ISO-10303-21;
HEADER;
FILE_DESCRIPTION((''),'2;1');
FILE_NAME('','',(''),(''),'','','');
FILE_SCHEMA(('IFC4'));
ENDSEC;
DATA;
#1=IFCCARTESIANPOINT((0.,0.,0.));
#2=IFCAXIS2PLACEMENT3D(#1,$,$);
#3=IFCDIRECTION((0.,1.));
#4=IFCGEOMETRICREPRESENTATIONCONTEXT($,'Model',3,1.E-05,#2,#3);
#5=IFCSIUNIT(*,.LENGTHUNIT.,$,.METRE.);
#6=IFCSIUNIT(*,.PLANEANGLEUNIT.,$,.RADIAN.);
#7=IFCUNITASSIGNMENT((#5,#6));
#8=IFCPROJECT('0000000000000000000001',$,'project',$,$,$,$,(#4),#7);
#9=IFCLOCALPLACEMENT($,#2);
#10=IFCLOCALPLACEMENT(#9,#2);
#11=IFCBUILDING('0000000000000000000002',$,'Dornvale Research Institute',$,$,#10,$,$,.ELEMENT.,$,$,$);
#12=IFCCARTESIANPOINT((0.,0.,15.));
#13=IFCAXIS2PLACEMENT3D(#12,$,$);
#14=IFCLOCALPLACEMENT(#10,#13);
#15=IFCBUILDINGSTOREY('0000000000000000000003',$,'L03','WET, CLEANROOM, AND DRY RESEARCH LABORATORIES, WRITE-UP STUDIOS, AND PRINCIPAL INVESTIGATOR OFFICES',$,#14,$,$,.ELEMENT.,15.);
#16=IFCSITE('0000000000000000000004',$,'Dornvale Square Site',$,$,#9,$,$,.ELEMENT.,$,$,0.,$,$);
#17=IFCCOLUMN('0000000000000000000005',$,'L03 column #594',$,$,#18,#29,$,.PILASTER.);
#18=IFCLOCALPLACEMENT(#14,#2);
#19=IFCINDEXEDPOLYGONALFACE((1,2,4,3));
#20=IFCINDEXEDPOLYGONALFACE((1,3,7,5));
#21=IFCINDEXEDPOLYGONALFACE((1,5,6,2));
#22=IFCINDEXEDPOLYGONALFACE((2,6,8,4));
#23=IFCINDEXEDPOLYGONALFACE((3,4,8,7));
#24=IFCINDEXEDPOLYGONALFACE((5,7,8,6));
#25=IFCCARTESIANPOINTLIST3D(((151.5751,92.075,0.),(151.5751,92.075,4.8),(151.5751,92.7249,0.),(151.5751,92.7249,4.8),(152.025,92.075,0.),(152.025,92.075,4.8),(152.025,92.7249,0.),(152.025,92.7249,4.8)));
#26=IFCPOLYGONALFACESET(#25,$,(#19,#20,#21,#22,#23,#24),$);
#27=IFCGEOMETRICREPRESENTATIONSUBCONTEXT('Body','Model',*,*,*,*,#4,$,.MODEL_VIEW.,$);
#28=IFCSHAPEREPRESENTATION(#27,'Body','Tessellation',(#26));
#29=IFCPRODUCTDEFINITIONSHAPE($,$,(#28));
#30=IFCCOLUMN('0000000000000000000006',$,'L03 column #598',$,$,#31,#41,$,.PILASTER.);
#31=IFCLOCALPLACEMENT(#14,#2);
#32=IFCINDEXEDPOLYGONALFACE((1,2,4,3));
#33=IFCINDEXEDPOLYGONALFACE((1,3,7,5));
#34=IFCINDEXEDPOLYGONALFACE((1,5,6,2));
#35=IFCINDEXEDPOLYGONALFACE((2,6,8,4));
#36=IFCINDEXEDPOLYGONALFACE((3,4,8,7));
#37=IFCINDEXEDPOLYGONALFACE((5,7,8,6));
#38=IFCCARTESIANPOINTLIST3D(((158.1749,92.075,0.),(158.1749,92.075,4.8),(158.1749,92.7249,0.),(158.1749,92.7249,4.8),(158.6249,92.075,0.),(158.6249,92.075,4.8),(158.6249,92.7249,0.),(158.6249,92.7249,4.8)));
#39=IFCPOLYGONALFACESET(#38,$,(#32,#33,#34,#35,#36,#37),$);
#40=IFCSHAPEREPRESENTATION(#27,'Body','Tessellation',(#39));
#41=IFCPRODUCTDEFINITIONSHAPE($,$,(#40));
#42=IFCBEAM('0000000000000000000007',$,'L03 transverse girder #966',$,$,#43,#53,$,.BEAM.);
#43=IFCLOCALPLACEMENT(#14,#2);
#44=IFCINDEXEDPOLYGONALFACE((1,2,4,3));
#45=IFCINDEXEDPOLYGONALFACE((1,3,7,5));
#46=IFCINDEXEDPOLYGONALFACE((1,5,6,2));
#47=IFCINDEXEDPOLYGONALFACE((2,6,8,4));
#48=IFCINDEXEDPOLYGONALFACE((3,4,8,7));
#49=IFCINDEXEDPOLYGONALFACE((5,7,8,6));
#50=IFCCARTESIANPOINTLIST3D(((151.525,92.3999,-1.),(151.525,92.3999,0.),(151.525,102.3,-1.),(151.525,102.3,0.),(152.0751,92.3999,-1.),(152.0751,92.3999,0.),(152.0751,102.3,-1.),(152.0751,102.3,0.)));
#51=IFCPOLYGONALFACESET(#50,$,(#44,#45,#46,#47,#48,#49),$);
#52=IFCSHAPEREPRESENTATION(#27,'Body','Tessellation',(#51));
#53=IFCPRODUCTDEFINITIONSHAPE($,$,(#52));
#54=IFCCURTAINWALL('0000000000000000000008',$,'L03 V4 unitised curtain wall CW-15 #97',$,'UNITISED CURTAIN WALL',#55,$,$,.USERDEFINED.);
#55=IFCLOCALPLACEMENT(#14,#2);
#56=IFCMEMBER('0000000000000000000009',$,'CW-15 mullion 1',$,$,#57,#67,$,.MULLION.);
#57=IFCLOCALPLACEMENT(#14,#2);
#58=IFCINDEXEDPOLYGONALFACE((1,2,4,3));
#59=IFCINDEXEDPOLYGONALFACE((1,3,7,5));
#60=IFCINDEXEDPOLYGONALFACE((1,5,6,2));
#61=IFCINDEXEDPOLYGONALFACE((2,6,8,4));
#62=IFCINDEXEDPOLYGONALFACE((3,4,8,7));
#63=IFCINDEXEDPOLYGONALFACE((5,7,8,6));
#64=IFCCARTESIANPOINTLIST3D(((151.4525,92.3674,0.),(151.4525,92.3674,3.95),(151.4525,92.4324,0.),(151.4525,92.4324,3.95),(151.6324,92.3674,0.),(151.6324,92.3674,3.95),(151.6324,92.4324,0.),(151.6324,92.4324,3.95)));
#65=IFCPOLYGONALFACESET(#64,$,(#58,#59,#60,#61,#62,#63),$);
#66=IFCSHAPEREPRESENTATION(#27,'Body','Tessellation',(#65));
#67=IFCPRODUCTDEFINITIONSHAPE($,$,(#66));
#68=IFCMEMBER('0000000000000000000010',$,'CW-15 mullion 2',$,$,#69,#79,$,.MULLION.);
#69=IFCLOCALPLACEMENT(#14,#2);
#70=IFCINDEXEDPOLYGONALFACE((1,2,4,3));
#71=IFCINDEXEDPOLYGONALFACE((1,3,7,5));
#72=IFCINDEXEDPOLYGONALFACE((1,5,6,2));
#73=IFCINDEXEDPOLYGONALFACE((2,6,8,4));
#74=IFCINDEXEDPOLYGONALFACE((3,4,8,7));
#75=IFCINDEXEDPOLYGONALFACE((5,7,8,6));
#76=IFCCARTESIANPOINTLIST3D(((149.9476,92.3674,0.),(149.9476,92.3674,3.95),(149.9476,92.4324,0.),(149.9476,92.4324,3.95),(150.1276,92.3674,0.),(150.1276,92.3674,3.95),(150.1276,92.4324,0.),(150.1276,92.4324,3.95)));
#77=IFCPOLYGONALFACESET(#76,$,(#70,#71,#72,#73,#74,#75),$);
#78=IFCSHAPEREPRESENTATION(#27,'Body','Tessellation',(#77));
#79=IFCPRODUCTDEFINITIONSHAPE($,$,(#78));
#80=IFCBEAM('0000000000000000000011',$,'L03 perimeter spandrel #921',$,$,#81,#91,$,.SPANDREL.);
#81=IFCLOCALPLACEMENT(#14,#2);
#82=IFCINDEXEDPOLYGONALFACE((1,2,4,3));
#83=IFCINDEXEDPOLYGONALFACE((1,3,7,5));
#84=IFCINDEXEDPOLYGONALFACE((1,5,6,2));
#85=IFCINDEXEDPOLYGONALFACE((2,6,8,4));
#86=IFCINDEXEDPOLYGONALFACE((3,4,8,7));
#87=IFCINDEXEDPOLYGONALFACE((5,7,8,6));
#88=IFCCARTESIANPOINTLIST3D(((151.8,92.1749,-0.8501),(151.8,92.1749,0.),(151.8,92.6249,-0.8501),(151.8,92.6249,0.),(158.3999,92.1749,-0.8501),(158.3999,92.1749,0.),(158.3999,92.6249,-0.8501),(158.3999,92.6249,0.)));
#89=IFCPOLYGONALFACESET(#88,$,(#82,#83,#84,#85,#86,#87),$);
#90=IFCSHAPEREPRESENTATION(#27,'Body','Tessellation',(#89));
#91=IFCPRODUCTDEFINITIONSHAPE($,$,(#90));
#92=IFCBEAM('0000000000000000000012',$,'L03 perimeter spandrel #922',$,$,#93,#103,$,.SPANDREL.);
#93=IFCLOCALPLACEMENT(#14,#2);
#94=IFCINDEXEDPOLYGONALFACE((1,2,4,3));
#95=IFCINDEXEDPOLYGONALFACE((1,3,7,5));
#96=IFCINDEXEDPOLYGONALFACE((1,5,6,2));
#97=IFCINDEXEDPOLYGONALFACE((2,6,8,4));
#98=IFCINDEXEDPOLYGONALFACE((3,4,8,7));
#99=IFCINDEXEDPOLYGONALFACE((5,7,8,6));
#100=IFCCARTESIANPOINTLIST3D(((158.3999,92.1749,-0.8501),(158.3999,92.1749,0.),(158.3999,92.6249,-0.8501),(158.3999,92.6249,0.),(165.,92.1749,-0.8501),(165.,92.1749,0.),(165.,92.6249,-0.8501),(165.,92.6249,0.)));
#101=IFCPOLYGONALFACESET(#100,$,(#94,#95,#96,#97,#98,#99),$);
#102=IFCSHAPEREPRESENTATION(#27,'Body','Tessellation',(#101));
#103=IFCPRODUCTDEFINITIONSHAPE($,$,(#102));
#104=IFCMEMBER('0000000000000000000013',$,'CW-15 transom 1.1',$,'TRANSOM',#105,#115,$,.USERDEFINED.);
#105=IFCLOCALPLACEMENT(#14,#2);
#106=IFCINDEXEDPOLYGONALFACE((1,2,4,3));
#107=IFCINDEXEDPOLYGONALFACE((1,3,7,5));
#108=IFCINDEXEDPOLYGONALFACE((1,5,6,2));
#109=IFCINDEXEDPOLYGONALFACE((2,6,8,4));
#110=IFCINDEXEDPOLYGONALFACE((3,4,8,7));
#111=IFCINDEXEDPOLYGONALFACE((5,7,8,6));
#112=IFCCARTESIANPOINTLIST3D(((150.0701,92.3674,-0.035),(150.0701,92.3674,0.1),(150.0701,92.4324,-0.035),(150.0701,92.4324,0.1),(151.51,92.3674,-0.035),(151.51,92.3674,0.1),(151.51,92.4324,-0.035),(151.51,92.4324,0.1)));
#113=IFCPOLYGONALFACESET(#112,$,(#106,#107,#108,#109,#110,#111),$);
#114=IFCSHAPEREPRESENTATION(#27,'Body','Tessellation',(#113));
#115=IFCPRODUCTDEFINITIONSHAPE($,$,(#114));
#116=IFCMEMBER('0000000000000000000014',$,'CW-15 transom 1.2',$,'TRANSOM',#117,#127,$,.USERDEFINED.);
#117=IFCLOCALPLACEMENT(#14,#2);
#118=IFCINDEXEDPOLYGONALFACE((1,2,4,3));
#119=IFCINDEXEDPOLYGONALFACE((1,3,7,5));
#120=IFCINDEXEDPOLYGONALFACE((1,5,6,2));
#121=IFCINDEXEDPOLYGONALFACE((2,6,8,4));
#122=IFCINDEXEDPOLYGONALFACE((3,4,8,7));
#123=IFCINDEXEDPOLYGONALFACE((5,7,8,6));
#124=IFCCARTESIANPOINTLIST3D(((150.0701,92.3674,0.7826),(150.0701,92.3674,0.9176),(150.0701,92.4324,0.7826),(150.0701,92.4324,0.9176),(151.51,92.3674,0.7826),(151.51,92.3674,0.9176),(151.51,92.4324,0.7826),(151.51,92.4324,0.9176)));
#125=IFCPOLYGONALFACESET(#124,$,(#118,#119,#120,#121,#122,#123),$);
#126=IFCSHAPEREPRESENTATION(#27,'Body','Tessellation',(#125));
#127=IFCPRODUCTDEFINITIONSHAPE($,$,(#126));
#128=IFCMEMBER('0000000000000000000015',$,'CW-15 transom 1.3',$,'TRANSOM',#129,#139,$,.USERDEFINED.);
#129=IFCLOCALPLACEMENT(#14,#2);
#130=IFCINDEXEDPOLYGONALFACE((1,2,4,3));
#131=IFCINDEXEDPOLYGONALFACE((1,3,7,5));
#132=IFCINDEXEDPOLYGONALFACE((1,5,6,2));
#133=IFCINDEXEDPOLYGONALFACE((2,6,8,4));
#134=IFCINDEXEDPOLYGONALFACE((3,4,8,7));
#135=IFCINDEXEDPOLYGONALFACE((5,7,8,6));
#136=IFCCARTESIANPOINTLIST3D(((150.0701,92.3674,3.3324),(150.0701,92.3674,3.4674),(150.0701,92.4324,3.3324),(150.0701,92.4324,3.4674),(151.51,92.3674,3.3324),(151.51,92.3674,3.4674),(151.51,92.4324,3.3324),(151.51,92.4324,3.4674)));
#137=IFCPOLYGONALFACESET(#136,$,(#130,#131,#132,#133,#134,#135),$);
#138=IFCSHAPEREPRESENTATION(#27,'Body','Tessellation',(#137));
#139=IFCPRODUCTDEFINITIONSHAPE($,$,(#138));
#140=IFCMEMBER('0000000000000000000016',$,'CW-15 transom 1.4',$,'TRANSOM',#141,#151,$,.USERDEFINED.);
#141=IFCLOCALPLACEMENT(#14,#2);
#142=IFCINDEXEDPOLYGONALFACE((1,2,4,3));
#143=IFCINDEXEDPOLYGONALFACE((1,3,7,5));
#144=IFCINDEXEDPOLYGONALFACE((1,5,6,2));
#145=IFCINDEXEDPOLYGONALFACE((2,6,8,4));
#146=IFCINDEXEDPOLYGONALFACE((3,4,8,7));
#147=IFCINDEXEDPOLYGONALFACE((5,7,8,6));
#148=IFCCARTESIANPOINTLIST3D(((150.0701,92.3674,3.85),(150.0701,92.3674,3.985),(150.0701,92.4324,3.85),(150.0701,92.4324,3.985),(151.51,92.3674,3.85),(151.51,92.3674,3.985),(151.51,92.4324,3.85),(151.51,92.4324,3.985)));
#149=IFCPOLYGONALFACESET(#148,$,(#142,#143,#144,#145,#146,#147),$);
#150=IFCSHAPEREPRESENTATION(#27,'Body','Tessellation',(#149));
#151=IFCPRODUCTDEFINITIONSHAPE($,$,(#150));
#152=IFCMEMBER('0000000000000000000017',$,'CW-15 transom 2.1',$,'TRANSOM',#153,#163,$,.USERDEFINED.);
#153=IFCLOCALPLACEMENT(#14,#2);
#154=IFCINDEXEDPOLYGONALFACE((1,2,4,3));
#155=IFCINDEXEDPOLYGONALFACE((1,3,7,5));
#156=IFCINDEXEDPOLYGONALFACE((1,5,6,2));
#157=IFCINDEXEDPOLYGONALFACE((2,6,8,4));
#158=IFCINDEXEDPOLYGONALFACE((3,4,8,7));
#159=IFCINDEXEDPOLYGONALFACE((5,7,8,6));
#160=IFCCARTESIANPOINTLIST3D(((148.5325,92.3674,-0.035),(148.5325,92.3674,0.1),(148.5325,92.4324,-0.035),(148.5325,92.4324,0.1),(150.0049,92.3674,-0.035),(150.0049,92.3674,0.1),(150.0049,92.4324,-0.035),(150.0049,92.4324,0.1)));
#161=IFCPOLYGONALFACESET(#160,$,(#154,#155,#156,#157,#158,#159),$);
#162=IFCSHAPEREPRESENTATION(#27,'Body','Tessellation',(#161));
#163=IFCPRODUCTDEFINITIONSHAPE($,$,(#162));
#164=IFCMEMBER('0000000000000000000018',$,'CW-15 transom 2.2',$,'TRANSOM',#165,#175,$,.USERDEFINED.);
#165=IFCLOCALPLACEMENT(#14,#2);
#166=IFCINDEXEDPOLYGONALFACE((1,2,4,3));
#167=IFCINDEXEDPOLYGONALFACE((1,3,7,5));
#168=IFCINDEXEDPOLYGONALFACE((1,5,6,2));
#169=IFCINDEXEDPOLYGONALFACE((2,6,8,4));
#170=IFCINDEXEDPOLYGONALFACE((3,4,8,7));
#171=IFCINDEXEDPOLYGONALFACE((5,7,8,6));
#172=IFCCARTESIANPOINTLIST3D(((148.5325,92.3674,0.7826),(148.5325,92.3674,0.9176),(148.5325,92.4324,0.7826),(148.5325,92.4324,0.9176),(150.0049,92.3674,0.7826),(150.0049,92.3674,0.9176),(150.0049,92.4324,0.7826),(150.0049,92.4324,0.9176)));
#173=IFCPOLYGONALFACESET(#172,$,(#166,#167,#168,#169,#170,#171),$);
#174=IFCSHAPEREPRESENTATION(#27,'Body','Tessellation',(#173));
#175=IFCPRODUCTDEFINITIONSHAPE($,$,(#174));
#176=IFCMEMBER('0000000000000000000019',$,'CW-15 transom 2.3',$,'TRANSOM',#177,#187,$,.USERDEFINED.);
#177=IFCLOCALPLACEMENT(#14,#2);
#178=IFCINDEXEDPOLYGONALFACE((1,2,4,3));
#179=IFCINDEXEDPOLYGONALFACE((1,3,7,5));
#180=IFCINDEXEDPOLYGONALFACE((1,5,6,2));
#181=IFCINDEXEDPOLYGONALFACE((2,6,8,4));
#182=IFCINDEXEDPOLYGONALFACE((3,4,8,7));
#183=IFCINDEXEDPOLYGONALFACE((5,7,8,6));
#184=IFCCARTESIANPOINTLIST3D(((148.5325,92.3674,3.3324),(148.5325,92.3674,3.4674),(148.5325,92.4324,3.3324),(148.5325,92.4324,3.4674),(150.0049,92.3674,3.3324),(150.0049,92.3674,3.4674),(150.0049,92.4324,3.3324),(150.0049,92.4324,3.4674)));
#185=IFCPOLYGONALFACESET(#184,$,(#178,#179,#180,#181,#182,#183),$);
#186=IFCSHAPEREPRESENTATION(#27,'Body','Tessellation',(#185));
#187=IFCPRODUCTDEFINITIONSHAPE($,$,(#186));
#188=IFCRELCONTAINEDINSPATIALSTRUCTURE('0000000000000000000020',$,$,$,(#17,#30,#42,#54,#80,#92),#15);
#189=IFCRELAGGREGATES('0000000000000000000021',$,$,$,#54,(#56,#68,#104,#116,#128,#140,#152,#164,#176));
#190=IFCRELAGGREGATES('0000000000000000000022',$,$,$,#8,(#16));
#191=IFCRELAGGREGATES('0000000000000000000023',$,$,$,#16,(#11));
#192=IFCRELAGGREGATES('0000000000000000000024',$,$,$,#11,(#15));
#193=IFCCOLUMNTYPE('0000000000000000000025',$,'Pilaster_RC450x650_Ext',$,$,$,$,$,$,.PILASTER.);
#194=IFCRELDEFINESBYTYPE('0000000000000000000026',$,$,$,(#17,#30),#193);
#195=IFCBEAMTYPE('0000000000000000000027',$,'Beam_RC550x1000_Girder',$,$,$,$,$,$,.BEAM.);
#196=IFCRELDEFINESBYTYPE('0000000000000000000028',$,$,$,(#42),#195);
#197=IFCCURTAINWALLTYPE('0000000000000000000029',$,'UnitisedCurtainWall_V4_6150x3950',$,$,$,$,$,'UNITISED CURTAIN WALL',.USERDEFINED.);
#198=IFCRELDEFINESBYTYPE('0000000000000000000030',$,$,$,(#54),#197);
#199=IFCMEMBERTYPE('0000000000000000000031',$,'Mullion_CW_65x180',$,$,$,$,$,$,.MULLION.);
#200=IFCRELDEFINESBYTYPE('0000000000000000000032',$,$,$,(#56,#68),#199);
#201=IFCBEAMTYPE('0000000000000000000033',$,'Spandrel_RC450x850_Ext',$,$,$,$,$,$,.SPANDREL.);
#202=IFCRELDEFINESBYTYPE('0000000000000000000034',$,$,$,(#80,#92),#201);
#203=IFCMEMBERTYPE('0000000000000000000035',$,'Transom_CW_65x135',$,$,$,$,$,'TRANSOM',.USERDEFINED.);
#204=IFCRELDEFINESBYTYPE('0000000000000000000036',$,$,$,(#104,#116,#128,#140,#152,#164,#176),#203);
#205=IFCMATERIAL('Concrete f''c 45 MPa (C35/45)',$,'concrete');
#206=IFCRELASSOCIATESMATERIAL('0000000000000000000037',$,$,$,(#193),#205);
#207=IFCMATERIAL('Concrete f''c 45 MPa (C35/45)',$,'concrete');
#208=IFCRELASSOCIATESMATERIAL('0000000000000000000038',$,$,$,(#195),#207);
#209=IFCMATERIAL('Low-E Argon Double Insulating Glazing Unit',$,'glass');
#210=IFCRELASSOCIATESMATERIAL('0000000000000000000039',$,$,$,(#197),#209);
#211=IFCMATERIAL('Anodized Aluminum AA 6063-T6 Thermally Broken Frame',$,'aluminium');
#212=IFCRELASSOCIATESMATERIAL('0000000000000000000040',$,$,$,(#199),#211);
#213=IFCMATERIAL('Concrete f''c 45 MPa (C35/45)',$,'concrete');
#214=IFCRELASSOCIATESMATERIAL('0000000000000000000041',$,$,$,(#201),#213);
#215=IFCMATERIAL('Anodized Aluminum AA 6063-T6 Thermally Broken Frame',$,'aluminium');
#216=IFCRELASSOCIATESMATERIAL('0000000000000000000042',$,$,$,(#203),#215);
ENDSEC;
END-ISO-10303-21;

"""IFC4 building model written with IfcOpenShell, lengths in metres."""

from ifc_helpers import new_model, si_unit, direction, frame, origin, origin_2d, place, context, subcontext, project, spatial, rectangle, extrude, material, material_profile, profile_set, type_object, element, aggregate, save


model = new_model("IFC4")

# Units and contexts
model_context = context("Model", 3, precision=1e-05, world=origin(), true_north=direction((0.0, 1.0)))
body_context = subcontext(model_context, "Body", "Model", "MODEL_VIEW")
ifc_project = project(units=[si_unit("LENGTHUNIT", "METRE"), si_unit("PLANEANGLEUNIT", "RADIAN")], contexts=[model_context])

# Site, building, storey
site_placement = place(None, origin())
site = spatial("IfcSite", under=ifc_project, at=site_placement, Name="Dornvale Square Site", CompositionType="ELEMENT", RefElevation=0.0)
building_placement = place(site_placement, origin())
building = spatial("IfcBuilding", under=site, at=building_placement, Name="Dornvale Research Institute", CompositionType="ELEMENT")
storey_placement = place(building_placement, frame((0.0, 0.0, 15.0)))
storey = spatial("IfcBuildingStorey", under=building, at=storey_placement, Name="L03", Description="WET, CLEANROOM, AND DRY RESEARCH LABORATORIES, WRITE-UP STUDIOS, AND PRINCIPAL INVESTIGATOR OFFICES", CompositionType="ELEMENT", Elevation=15.0)

# Columns
ifc_material_1 = material(Name="Concrete f'c 45 MPa (C35/45)", Category="concrete")
ifc_material_profile_1 = material_profile(ifc_material_1, rectangle(XDim=0.45, YDim=0.6499, at=origin_2d()), Name="RC 450x650")
ifc_profile_set_1 = profile_set([ifc_material_profile_1], Name="Concrete f'c 45 MPa (C35/45)")
column_type = type_object("IfcColumnType", Name="Pilaster_RC450x650_Ext", PredefinedType="PILASTER", material=ifc_profile_set_1)
for number, where, z_axis, x_axis, name in (
    (1, (151.8, 92.3999, 0.0), (0.0, 0.0, 1.0), (1.0, 0.0, 0.0), "L03 column #594"),
    (2, (158.3999, 92.3999, 0.0), (0.0, 0.0, 1.0), (1.0, 0.0, 0.0), "L03 column #598"),
):
    element("IfcColumn", number, at=place(storey_placement, frame(where, z_axis=z_axis, x_axis=x_axis)), inside=storey, type_object=column_type, Name=name, PredefinedType="PILASTER", context=body_context, shape_type="SweptSolid", body=[
        extrude(rectangle(XDim=0.45, YDim=0.6499, at=origin_2d()), origin(), (0.0, 0.0, 1.0), 4.8),
    ])

# Beam
ifc_material_2 = material(Name="Concrete f'c 45 MPa (C35/45)", Category="concrete")
ifc_material_profile_2 = material_profile(ifc_material_2, rectangle(XDim=0.55, YDim=1.0, at=origin_2d()), Name="RC 550x1000")
ifc_profile_set_2 = profile_set([ifc_material_profile_2], Name="Concrete f'c 45 MPa (C35/45)")
beam_type_1 = type_object("IfcBeamType", Name="Beam_RC550x1000_Girder", PredefinedType="BEAM", material=ifc_profile_set_2)
beam_1_placement = place(storey_placement, frame((151.8, 92.3999, -0.5), z_axis=(0.0, 1.0, 0.0), x_axis=(-1.0, 0.0, 0.0)))
element("IfcBeam", 3, at=beam_1_placement, inside=storey, type_object=beam_type_1, Name="L03 transverse girder #966", PredefinedType="BEAM", context=body_context, shape_type="SweptSolid", body=[
    extrude(rectangle(XDim=0.55, YDim=1.0, at=origin_2d()), origin(), (0.0, 0.0, 1.0), 9.9001),
])

# Curtain wall, members
ifc_material_3 = material(Name="Low-E Argon Double Insulating Glazing Unit", Category="glass")
curtain_wall_type = type_object("IfcCurtainWallType", Name="UnitisedCurtainWall_V4_6150x3950", ElementType="UNITISED CURTAIN WALL", PredefinedType="USERDEFINED", material=ifc_material_3)
curtain_wall_placement = place(storey_placement, origin())
curtain_wall = element("IfcCurtainWall", 4, at=curtain_wall_placement, inside=storey, type_object=curtain_wall_type, Name="L03 V4 unitised curtain wall CW-15 #97", ObjectType="UNITISED CURTAIN WALL", PredefinedType="USERDEFINED")
ifc_material_4 = material(Name="Anodized Aluminum AA 6063-T6 Thermally Broken Frame", Category="aluminium")
ifc_material_profile_3 = material_profile(ifc_material_4, rectangle(XDim=0.0649, YDim=0.1799, at=origin_2d()), Name="ALU MULLION 65x180")
ifc_profile_set_3 = profile_set([ifc_material_profile_3], Name="Anodized Aluminum AA 6063-T6 Thermally Broken Frame")
member_type_1 = type_object("IfcMemberType", Name="Mullion_CW_65x180", PredefinedType="MULLION", material=ifc_profile_set_3)
member_1_placement = place(storey_placement, frame((151.5425, 92.3999, 0.0), z_axis=(0.0, 0.0, 1.0), x_axis=(0.0, -1.0, 0.0)))
member_1 = element("IfcMember", 5, at=member_1_placement, type_object=member_type_1, Name="CW-15 mullion 1", PredefinedType="MULLION", context=body_context, shape_type="SweptSolid", body=[
    extrude(rectangle(XDim=0.0649, YDim=0.1799, at=origin_2d()), origin(), (0.0, 0.0, 1.0), 3.95),
])
member_2_placement = place(storey_placement, frame((150.0376, 92.3999, 0.0), z_axis=(0.0, 0.0, 1.0), x_axis=(0.0, -1.0, 0.0)))
member_2 = element("IfcMember", 6, at=member_2_placement, type_object=member_type_1, Name="CW-15 mullion 2", PredefinedType="MULLION", context=body_context, shape_type="SweptSolid", body=[
    extrude(rectangle(XDim=0.0649, YDim=0.1799, at=origin_2d()), origin(), (0.0, 0.0, 1.0), 3.95),
])

# Beams
ifc_material_5 = material(Name="Concrete f'c 45 MPa (C35/45)", Category="concrete")
ifc_material_profile_4 = material_profile(ifc_material_5, rectangle(XDim=0.45, YDim=0.8501, at=origin_2d()), Name="RC 450x850")
ifc_profile_set_4 = profile_set([ifc_material_profile_4], Name="Concrete f'c 45 MPa (C35/45)")
beam_type_2 = type_object("IfcBeamType", Name="Spandrel_RC450x850_Ext", PredefinedType="SPANDREL", material=ifc_profile_set_4)
beam_2_placement = place(storey_placement, frame((151.8, 92.3999, -0.425), z_axis=(1.0, 0.0, 0.0), x_axis=(0.0, 1.0, 0.0)))
element("IfcBeam", 7, at=beam_2_placement, inside=storey, type_object=beam_type_2, Name="L03 perimeter spandrel #921", PredefinedType="SPANDREL", context=body_context, shape_type="SweptSolid", body=[
    extrude(rectangle(XDim=0.45, YDim=0.8501, at=origin_2d()), origin(), (0.0, 0.0, 1.0), 6.5999),
])
beam_3_placement = place(storey_placement, frame((158.3999, 92.3999, -0.425), z_axis=(1.0, 0.0, 0.0), x_axis=(0.0, 1.0, 0.0)))
element("IfcBeam", 8, at=beam_3_placement, inside=storey, type_object=beam_type_2, Name="L03 perimeter spandrel #922", PredefinedType="SPANDREL", context=body_context, shape_type="SweptSolid", body=[
    extrude(rectangle(XDim=0.45, YDim=0.8501, at=origin_2d()), origin(), (0.0, 0.0, 1.0), 6.6001),
])

# Members
ifc_material_6 = material(Name="Anodized Aluminum AA 6063-T6 Thermally Broken Frame", Category="aluminium")
ifc_material_profile_5 = material_profile(ifc_material_6, rectangle(XDim=0.0649, YDim=0.135, at=origin_2d()), Name="ALU TRANSOM 65x135")
ifc_profile_set_5 = profile_set([ifc_material_profile_5], Name="Anodized Aluminum AA 6063-T6 Thermally Broken Frame")
member_type_2 = type_object("IfcMemberType", Name="Transom_CW_65x135", ElementType="TRANSOM", PredefinedType="USERDEFINED", material=ifc_profile_set_5)
member_3_placement = place(storey_placement, frame((151.51, 92.3999, 0.0325), z_axis=(-1.0, 0.0, 0.0), x_axis=(0.0, -1.0, 0.0)))
member_3 = element("IfcMember", 9, at=member_3_placement, type_object=member_type_2, Name="CW-15 transom 1.1", ObjectType="TRANSOM", PredefinedType="USERDEFINED", context=body_context, shape_type="SweptSolid", body=[
    extrude(rectangle(XDim=0.0649, YDim=0.135, at=origin_2d()), origin(), (0.0, 0.0, 1.0), 1.4399),
])
member_4_placement = place(storey_placement, frame((151.51, 92.3999, 0.8501), z_axis=(-1.0, 0.0, 0.0), x_axis=(0.0, -1.0, 0.0)))
member_4 = element("IfcMember", 10, at=member_4_placement, type_object=member_type_2, Name="CW-15 transom 1.2", ObjectType="TRANSOM", PredefinedType="USERDEFINED", context=body_context, shape_type="SweptSolid", body=[
    extrude(rectangle(XDim=0.0649, YDim=0.135, at=origin_2d()), origin(), (0.0, 0.0, 1.0), 1.4399),
])
member_5_placement = place(storey_placement, frame((151.51, 92.3999, 3.3999), z_axis=(-1.0, 0.0, 0.0), x_axis=(0.0, -1.0, 0.0)))
member_5 = element("IfcMember", 11, at=member_5_placement, type_object=member_type_2, Name="CW-15 transom 1.3", ObjectType="TRANSOM", PredefinedType="USERDEFINED", context=body_context, shape_type="SweptSolid", body=[
    extrude(rectangle(XDim=0.0649, YDim=0.135, at=origin_2d()), origin(), (0.0, 0.0, 1.0), 1.4399),
])
member_6_placement = place(storey_placement, frame((151.51, 92.3999, 3.9175), z_axis=(-1.0, 0.0, 0.0), x_axis=(0.0, -1.0, 0.0)))
member_6 = element("IfcMember", 12, at=member_6_placement, type_object=member_type_2, Name="CW-15 transom 1.4", ObjectType="TRANSOM", PredefinedType="USERDEFINED", context=body_context, shape_type="SweptSolid", body=[
    extrude(rectangle(XDim=0.0649, YDim=0.135, at=origin_2d()), origin(), (0.0, 0.0, 1.0), 1.4399),
])
member_7_placement = place(storey_placement, frame((150.0049, 92.3999, 0.0325), z_axis=(-1.0, 0.0, 0.0), x_axis=(0.0, -1.0, 0.0)))
member_7 = element("IfcMember", 13, at=member_7_placement, type_object=member_type_2, Name="CW-15 transom 2.1", ObjectType="TRANSOM", PredefinedType="USERDEFINED", context=body_context, shape_type="SweptSolid", body=[
    extrude(rectangle(XDim=0.0649, YDim=0.135, at=origin_2d()), origin(), (0.0, 0.0, 1.0), 1.4724),
])
member_8_placement = place(storey_placement, frame((150.0049, 92.3999, 0.8501), z_axis=(-1.0, 0.0, 0.0), x_axis=(0.0, -1.0, 0.0)))
member_8 = element("IfcMember", 14, at=member_8_placement, type_object=member_type_2, Name="CW-15 transom 2.2", ObjectType="TRANSOM", PredefinedType="USERDEFINED", context=body_context, shape_type="SweptSolid", body=[
    extrude(rectangle(XDim=0.0649, YDim=0.135, at=origin_2d()), origin(), (0.0, 0.0, 1.0), 1.4724),
])
member_9_placement = place(storey_placement, frame((150.0049, 92.3999, 3.3999), z_axis=(-1.0, 0.0, 0.0), x_axis=(0.0, -1.0, 0.0)))
member_9 = element("IfcMember", 15, at=member_9_placement, type_object=member_type_2, Name="CW-15 transom 2.3", ObjectType="TRANSOM", PredefinedType="USERDEFINED", context=body_context, shape_type="SweptSolid", body=[
    extrude(rectangle(XDim=0.0649, YDim=0.135, at=origin_2d()), origin(), (0.0, 0.0, 1.0), 1.4724),
])

aggregate(curtain_wall, [member_1, member_2, member_3, member_4, member_5, member_6, member_7, member_8, member_9])

save(model, "model.ifc")
